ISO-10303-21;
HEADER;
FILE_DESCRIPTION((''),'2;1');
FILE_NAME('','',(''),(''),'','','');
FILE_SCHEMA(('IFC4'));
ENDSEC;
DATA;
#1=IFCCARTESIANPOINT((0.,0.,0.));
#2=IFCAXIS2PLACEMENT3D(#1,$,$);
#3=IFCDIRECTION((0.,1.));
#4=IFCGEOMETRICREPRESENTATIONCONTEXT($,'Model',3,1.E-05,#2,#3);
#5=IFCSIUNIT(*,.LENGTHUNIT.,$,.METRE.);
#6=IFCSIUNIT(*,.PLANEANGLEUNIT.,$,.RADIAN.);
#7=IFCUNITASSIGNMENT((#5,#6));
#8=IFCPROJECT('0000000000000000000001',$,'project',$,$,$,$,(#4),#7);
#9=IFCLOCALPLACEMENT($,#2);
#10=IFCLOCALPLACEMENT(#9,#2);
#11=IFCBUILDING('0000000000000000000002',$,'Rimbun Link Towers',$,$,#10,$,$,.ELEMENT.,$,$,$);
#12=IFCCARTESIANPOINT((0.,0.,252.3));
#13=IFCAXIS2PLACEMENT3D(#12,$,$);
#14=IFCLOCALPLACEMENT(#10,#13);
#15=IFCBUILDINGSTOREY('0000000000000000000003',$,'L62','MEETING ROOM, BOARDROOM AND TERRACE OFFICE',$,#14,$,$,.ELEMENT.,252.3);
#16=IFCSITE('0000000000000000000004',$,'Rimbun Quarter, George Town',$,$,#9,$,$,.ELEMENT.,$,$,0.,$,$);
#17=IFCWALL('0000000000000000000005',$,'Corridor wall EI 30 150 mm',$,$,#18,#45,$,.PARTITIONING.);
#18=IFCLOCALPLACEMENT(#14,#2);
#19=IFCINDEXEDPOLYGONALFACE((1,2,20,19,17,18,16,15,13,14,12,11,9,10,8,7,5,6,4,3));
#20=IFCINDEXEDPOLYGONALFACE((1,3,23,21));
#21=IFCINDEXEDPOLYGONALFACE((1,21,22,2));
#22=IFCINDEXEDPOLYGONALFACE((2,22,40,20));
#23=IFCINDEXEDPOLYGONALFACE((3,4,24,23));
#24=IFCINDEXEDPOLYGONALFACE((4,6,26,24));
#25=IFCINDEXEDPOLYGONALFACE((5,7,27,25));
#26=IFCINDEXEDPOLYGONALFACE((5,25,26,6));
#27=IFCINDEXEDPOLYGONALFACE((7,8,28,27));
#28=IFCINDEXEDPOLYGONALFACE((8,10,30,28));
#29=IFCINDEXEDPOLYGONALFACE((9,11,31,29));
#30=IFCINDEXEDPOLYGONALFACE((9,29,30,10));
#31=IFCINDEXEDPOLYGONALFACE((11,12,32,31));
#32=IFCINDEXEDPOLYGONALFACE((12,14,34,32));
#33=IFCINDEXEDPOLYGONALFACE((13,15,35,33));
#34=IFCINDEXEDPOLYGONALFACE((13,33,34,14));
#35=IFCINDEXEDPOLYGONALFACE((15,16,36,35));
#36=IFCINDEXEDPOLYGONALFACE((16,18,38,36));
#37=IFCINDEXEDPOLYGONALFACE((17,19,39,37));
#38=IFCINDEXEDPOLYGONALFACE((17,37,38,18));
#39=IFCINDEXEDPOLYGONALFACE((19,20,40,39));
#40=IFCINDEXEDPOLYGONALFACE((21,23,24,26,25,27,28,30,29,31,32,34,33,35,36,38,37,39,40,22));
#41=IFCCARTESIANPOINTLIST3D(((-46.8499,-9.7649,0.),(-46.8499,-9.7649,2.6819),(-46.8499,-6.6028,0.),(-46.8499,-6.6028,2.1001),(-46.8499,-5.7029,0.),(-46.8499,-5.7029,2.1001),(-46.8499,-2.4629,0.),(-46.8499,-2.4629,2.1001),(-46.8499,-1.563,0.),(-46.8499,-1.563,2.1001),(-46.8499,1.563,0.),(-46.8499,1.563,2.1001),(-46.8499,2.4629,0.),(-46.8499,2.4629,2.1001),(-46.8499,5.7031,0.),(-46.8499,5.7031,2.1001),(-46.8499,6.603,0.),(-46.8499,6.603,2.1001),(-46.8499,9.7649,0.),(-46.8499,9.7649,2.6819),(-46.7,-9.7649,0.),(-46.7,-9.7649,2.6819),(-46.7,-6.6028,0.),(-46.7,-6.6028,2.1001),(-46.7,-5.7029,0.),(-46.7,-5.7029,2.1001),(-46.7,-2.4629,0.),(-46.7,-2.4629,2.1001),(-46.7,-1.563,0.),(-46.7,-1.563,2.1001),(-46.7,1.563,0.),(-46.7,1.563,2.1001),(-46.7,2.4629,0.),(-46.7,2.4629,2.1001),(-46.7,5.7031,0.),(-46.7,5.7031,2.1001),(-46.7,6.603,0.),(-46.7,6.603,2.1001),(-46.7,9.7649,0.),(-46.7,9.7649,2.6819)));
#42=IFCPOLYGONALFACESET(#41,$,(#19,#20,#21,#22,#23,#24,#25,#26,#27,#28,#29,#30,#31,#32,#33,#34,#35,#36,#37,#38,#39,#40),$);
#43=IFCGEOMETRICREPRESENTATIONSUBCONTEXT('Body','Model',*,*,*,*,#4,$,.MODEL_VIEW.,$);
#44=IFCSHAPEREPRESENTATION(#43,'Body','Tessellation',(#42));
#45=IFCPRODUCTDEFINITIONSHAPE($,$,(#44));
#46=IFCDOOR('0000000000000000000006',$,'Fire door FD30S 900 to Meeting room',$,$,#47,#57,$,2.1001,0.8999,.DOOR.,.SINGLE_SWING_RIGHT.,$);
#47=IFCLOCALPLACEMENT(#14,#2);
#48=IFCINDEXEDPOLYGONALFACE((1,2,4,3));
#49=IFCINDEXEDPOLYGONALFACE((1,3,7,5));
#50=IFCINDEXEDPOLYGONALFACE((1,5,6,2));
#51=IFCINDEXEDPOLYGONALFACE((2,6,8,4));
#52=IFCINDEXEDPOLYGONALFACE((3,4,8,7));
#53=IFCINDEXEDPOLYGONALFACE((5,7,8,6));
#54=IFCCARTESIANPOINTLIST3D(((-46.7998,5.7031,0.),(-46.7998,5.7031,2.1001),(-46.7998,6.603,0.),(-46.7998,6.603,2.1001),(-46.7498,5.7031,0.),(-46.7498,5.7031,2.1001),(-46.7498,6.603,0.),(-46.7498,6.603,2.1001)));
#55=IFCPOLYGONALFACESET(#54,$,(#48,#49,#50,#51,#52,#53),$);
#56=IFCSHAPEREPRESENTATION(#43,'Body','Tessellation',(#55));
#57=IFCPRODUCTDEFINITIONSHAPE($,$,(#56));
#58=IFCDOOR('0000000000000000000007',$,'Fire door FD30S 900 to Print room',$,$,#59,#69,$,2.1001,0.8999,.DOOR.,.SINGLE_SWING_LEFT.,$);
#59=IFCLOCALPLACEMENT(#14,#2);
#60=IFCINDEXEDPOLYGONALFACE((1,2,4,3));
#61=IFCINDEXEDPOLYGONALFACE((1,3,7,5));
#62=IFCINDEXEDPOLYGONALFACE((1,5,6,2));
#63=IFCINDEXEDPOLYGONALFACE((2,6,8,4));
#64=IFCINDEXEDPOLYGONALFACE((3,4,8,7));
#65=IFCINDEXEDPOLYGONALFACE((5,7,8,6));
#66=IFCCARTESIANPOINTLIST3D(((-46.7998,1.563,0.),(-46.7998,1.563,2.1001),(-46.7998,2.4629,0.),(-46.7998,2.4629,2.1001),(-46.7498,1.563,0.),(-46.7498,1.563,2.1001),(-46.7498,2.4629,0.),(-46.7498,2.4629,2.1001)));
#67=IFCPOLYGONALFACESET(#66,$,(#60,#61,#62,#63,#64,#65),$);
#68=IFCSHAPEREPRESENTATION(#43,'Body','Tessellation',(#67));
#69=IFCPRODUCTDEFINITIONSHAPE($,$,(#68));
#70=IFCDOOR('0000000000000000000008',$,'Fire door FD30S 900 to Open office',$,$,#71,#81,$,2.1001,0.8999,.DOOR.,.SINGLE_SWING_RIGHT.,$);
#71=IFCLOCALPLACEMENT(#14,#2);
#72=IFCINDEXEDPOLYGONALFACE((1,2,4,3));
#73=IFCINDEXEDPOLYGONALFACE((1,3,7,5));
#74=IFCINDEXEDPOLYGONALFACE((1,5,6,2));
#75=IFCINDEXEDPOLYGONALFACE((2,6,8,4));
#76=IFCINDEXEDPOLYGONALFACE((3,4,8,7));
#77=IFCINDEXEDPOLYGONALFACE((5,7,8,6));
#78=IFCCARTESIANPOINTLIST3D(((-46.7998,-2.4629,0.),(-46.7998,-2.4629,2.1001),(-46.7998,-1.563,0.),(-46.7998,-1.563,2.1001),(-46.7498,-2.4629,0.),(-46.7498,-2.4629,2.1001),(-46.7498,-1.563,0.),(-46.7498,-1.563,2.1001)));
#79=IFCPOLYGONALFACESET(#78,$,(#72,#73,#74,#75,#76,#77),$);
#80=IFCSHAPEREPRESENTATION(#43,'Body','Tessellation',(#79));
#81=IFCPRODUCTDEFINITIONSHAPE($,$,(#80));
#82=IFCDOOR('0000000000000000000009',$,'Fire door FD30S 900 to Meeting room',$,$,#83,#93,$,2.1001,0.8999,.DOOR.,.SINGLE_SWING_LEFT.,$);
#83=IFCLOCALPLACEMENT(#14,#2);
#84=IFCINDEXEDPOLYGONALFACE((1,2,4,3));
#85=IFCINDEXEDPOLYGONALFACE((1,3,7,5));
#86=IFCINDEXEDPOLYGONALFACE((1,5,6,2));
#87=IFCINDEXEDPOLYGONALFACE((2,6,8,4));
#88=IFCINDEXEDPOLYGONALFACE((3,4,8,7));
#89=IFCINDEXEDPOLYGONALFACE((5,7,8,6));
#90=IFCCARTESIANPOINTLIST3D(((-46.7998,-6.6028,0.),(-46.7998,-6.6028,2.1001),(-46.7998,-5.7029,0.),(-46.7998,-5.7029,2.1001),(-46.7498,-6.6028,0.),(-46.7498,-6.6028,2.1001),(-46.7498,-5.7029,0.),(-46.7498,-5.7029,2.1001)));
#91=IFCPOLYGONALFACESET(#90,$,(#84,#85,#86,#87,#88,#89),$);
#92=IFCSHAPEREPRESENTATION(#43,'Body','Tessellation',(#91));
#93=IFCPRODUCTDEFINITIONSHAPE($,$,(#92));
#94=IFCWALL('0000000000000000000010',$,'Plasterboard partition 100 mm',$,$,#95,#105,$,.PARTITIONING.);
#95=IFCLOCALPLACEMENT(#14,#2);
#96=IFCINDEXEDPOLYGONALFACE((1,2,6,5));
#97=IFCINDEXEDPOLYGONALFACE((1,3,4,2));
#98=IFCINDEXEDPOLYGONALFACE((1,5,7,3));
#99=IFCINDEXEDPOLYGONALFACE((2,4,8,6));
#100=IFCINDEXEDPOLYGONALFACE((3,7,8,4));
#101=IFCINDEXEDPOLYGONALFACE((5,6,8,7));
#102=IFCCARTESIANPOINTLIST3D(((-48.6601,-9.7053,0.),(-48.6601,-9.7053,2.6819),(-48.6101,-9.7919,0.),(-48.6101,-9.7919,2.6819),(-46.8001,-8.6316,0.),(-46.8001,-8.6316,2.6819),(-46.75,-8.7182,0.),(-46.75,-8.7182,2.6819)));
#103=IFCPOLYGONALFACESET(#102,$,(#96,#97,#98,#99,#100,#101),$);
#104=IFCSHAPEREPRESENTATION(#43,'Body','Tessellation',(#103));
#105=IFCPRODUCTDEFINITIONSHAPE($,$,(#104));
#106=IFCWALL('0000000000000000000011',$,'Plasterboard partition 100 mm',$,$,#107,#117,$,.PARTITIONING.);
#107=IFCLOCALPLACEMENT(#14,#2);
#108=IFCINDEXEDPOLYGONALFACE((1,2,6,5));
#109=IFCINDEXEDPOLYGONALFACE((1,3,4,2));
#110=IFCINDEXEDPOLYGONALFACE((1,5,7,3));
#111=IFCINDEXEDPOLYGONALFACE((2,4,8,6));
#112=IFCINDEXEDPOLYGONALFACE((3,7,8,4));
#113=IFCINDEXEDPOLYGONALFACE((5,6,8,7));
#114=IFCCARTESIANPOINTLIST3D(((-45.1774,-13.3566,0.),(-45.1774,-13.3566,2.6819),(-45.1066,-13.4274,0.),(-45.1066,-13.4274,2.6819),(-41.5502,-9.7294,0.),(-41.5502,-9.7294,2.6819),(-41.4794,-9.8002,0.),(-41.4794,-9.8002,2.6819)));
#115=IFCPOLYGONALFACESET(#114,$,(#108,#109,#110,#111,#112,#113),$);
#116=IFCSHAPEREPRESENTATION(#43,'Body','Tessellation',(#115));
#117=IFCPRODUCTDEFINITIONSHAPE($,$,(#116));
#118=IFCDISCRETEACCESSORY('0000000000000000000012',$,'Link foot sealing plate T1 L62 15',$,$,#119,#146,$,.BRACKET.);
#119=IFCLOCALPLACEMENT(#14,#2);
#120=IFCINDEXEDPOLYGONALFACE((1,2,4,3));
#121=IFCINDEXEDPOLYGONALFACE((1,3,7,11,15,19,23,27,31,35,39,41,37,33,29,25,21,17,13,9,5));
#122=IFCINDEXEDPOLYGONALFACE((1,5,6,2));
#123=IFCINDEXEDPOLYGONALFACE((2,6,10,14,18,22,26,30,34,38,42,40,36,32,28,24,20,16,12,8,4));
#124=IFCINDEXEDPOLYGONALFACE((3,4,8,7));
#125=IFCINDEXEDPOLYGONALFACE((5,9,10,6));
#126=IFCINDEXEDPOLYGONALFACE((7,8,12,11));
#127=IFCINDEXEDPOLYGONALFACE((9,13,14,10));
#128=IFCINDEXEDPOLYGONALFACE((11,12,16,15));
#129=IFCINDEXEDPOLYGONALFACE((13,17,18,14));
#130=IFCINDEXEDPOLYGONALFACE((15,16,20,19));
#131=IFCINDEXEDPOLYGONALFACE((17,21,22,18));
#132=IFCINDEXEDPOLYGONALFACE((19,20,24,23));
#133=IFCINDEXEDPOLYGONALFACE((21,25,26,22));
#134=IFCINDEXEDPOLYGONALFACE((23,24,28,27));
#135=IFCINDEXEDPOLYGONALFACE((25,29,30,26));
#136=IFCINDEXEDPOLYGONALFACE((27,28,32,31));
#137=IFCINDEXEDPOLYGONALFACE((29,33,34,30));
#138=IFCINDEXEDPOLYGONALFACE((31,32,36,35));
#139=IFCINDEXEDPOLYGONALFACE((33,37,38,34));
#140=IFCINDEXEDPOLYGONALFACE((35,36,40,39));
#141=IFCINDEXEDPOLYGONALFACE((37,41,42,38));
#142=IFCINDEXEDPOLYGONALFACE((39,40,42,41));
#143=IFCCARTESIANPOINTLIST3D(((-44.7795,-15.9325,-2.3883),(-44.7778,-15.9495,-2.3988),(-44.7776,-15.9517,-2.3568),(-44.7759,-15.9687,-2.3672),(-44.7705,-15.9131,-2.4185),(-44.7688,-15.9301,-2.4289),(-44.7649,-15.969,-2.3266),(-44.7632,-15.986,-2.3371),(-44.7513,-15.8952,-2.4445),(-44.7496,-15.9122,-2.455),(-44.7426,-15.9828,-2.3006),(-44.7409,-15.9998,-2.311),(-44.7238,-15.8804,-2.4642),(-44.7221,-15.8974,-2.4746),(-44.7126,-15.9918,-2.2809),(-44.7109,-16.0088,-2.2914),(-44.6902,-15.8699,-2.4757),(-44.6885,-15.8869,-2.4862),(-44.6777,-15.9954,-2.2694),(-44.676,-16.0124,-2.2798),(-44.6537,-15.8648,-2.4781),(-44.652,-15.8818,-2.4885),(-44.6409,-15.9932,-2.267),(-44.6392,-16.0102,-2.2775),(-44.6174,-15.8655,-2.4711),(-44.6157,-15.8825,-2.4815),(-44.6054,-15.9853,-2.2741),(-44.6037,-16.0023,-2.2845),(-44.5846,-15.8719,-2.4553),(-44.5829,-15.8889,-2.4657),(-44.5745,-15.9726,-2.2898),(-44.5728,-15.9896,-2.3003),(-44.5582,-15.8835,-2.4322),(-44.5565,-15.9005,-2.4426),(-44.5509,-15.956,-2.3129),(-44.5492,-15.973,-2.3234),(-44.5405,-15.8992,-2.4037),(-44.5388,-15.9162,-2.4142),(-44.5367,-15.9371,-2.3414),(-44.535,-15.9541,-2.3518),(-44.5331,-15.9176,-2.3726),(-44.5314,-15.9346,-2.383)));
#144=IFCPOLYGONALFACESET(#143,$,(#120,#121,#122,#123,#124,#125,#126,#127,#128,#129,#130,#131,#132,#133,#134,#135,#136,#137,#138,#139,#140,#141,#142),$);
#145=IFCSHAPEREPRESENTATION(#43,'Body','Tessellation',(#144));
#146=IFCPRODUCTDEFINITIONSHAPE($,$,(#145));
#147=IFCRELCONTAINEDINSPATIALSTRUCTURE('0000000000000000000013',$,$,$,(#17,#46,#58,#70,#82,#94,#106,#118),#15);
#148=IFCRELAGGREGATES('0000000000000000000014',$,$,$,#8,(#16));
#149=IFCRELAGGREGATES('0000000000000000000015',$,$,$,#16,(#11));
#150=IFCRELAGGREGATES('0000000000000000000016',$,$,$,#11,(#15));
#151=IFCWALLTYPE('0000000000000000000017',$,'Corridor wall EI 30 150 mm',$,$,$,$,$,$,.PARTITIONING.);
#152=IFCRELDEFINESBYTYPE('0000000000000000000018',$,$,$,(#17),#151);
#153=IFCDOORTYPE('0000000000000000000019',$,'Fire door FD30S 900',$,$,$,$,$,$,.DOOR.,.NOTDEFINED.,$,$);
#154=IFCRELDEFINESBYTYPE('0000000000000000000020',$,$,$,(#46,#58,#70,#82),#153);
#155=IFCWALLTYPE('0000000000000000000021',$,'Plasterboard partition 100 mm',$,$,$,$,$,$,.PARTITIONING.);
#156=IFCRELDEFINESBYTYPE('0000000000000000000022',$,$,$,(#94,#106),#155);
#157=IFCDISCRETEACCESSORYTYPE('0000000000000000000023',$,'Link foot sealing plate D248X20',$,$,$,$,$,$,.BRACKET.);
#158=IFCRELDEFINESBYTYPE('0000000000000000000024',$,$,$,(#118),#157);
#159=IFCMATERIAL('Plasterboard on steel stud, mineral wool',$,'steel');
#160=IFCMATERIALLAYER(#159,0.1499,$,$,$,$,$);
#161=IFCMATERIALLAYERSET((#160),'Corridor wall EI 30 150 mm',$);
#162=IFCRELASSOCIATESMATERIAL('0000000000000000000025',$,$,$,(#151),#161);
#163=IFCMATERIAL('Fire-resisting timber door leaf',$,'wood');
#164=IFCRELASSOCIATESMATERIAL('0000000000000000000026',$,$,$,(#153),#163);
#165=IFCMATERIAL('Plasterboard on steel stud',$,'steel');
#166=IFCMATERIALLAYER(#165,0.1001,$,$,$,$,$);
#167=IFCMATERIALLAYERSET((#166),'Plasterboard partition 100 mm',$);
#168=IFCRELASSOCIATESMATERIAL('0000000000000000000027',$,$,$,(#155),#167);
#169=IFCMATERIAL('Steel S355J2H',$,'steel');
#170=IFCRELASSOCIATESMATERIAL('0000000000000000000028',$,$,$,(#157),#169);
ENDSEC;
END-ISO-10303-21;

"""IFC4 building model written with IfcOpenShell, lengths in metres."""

from ifc_helpers import new_model, si_unit, direction, frame, frame_2d, origin, origin_2d, place, context, subcontext, project, spatial, rectangle, circle, extrude, material, layer, layer_set, material_profile, profile_set, type_object, element, fill, save


model = new_model("IFC4")

# Units and contexts
model_context = context("Model", 3, precision=1e-05, world=origin(), true_north=direction((0.0, 1.0)))
body_context = subcontext(model_context, "Body", "Model", "MODEL_VIEW")
ifc_project = project(units=[si_unit("LENGTHUNIT", "METRE"), si_unit("PLANEANGLEUNIT", "RADIAN")], contexts=[model_context])

# Site, building, storey
site_placement = place(None, origin())
site = spatial("IfcSite", under=ifc_project, at=site_placement, Name="Rimbun Quarter, George Town", CompositionType="ELEMENT", RefElevation=0.0)
building_placement = place(site_placement, origin())
building = spatial("IfcBuilding", under=site, at=building_placement, Name="Rimbun Link Towers", CompositionType="ELEMENT")
storey_placement = place(building_placement, frame((0.0, 0.0, 252.3)))
storey = spatial("IfcBuildingStorey", under=building, at=storey_placement, Name="L62", Description="MEETING ROOM, BOARDROOM AND TERRACE OFFICE", CompositionType="ELEMENT", Elevation=252.3)

# Wall, openings, doors
ifc_material_1 = material(Name="Plasterboard on steel stud, mineral wool", Category="steel")
ifc_layer_1 = layer(ifc_material_1, 0.1499)
ifc_layer_set_1 = layer_set([ifc_layer_1], Name="Corridor wall EI 30 150 mm")
wall_type_1 = type_object("IfcWallType", Name="Corridor wall EI 30 150 mm", PredefinedType="PARTITIONING", material=ifc_layer_set_1)
wall_1_placement = place(storey_placement, frame((-46.7749, -9.7649, 0.0), z_axis=(0.0, 0.0, 1.0), x_axis=(0.0, 1.0, 0.0)))
wall_1 = element("IfcWall", 1, at=wall_1_placement, inside=storey, type_object=wall_type_1, Name="Corridor wall EI 30 150 mm", PredefinedType="PARTITIONING", context=body_context, shape_type="SweptSolid", body=[
    extrude(rectangle(XDim=19.5298, YDim=0.1499, at=frame_2d((9.7649, 0.0))), origin(), (0.0, 0.0, 1.0), 2.6819),
])
opening_1_placement = place(wall_1_placement, frame((15.468, 0.0, 0.0)))
opening_1 = element("IfcOpeningElement", 2, at=opening_1_placement, cuts=wall_1, PredefinedType="OPENING", context=body_context, shape_type="SweptSolid", body=[
    extrude(rectangle(XDim=0.8999, YDim=2.1001, at=frame_2d((0.45, 1.05))), frame((0.0, 0.085, 0.0), z_axis=(0.0, -1.0, 0.0), x_axis=(1.0, 0.0, 0.0)), (0.0, 0.0, 1.0), 0.1699),
])
opening_2_placement = place(wall_1_placement, frame((11.3279, 0.0, 0.0)))
opening_2 = element("IfcOpeningElement", 3, at=opening_2_placement, cuts=wall_1, PredefinedType="OPENING", context=body_context, shape_type="SweptSolid", body=[
    extrude(rectangle(XDim=0.8999, YDim=2.1001, at=frame_2d((0.45, 1.05))), frame((0.0, 0.085, 0.0), z_axis=(0.0, -1.0, 0.0), x_axis=(1.0, 0.0, 0.0)), (0.0, 0.0, 1.0), 0.1699),
])
opening_3_placement = place(wall_1_placement, frame((7.302, 0.0, 0.0)))
opening_3 = element("IfcOpeningElement", 4, at=opening_3_placement, cuts=wall_1, PredefinedType="OPENING", context=body_context, shape_type="SweptSolid", body=[
    extrude(rectangle(XDim=0.8999, YDim=2.1001, at=frame_2d((0.45, 1.05))), frame((0.0, 0.085, 0.0), z_axis=(0.0, -1.0, 0.0), x_axis=(1.0, 0.0, 0.0)), (0.0, 0.0, 1.0), 0.1699),
])
opening_4_placement = place(wall_1_placement, frame((3.1621, 0.0, 0.0)))
opening_4 = element("IfcOpeningElement", 5, at=opening_4_placement, cuts=wall_1, PredefinedType="OPENING", context=body_context, shape_type="SweptSolid", body=[
    extrude(rectangle(XDim=0.8999, YDim=2.1001, at=frame_2d((0.45, 1.05))), frame((0.0, 0.085, 0.0), z_axis=(0.0, -1.0, 0.0), x_axis=(1.0, 0.0, 0.0)), (0.0, 0.0, 1.0), 0.1699),
])
ifc_material_2 = material(Name="Fire-resisting timber door leaf", Category="wood")
door_type_1 = type_object("IfcDoorType", Name="Fire door FD30S 900", OperationType="NOTDEFINED", PredefinedType="DOOR", material=ifc_material_2)
door_1_placement = place(opening_1_placement, origin())
door_1 = element("IfcDoor", 6, at=door_1_placement, inside=storey, type_object=door_type_1, Name="Fire door FD30S 900 to Meeting room", OperationType="SINGLE_SWING_RIGHT", OverallHeight=2.1001, OverallWidth=0.8999, PredefinedType="DOOR", context=body_context, shape_type="SweptSolid", body=[
    extrude(rectangle(XDim=0.8999, YDim=2.1001, at=frame_2d((0.45, 1.05))), frame((0.0, 0.0249, 0.0), z_axis=(0.0, -1.0, 0.0), x_axis=(1.0, 0.0, 0.0)), (0.0, 0.0, 1.0), 0.05),
])
fill(opening_1, door_1)
door_2_placement = place(opening_2_placement, origin())
door_2 = element("IfcDoor", 7, at=door_2_placement, inside=storey, type_object=door_type_1, Name="Fire door FD30S 900 to Print room", OperationType="SINGLE_SWING_LEFT", OverallHeight=2.1001, OverallWidth=0.8999, PredefinedType="DOOR", context=body_context, shape_type="SweptSolid", body=[
    extrude(rectangle(XDim=0.8999, YDim=2.1001, at=frame_2d((0.45, 1.05))), frame((0.0, 0.0249, 0.0), z_axis=(0.0, -1.0, 0.0), x_axis=(1.0, 0.0, 0.0)), (0.0, 0.0, 1.0), 0.05),
])
fill(opening_2, door_2)
door_3_placement = place(opening_3_placement, origin())
door_3 = element("IfcDoor", 8, at=door_3_placement, inside=storey, type_object=door_type_1, Name="Fire door FD30S 900 to Open office", OperationType="SINGLE_SWING_RIGHT", OverallHeight=2.1001, OverallWidth=0.8999, PredefinedType="DOOR", context=body_context, shape_type="SweptSolid", body=[
    extrude(rectangle(XDim=0.8999, YDim=2.1001, at=frame_2d((0.45, 1.05))), frame((0.0, 0.0249, 0.0), z_axis=(0.0, -1.0, 0.0), x_axis=(1.0, 0.0, 0.0)), (0.0, 0.0, 1.0), 0.05),
])
fill(opening_3, door_3)
door_4_placement = place(opening_4_placement, origin())
door_4 = element("IfcDoor", 9, at=door_4_placement, inside=storey, type_object=door_type_1, Name="Fire door FD30S 900 to Meeting room", OperationType="SINGLE_SWING_LEFT", OverallHeight=2.1001, OverallWidth=0.8999, PredefinedType="DOOR", context=body_context, shape_type="SweptSolid", body=[
    extrude(rectangle(XDim=0.8999, YDim=2.1001, at=frame_2d((0.45, 1.05))), frame((0.0, 0.0249, 0.0), z_axis=(0.0, -1.0, 0.0), x_axis=(1.0, 0.0, 0.0)), (0.0, 0.0, 1.0), 0.05),
])
fill(opening_4, door_4)

# Walls
ifc_material_3 = material(Name="Plasterboard on steel stud", Category="steel")
ifc_layer_2 = layer(ifc_material_3, 0.1001)
ifc_layer_set_2 = layer_set([ifc_layer_2], Name="Plasterboard partition 100 mm")
wall_type_2 = type_object("IfcWallType", Name="Plasterboard partition 100 mm", PredefinedType="PARTITIONING", material=ifc_layer_set_2)
wall_2_placement = place(storey_placement, frame((-48.635, -9.7485, 0.0), z_axis=(0.0, 0.0, 1.0), x_axis=(0.866066, 0.499929, 0.0)))
element("IfcWall", 10, at=wall_2_placement, inside=storey, type_object=wall_type_2, Name="Plasterboard partition 100 mm", PredefinedType="PARTITIONING", context=body_context, shape_type="SweptSolid", body=[
    extrude(rectangle(XDim=2.1477, YDim=0.1001, at=frame_2d((1.0737, 0.0))), origin(), (0.0, 0.0, 1.0), 2.6819),
])
wall_3_placement = place(storey_placement, frame((-45.1421, -13.3921, 0.0), z_axis=(0.0, 0.0, 1.0), x_axis=(0.707107, 0.707107, 0.0)))
element("IfcWall", 11, at=wall_3_placement, inside=storey, type_object=wall_type_2, Name="Plasterboard partition 100 mm", PredefinedType="PARTITIONING", context=body_context, shape_type="SweptSolid", body=[
    extrude(rectangle(XDim=5.1296, YDim=0.1001, at=frame_2d((2.5649, 0.0))), origin(), (0.0, 0.0, 1.0), 2.6819),
])

# Discrete accessory
ifc_material_4 = material(Name="Steel S355J2H", Category="steel")
ifc_material_profile_1 = material_profile(ifc_material_4, circle(Radius=0.124, at=origin_2d()), Name="PL D248")
ifc_profile_set_1 = profile_set([ifc_material_profile_1], Name="Steel S355J2H")
discrete_accessory_type = type_object("IfcDiscreteAccessoryType", Name="Link foot sealing plate D248X20", PredefinedType="BRACKET", material=ifc_profile_set_1)
discrete_accessory_placement = place(storey_placement, frame((-44.6565, -15.9299, -2.3726), z_axis=(0.0849, -0.849, -0.521528), x_axis=(0.995037, 0.099504, 0.0)))
element("IfcDiscreteAccessory", 12, at=discrete_accessory_placement, inside=storey, type_object=discrete_accessory_type, Name="Link foot sealing plate T1 L62 15", PredefinedType="BRACKET", context=body_context, shape_type="SweptSolid", body=[
    extrude(circle(Radius=0.124, at=origin_2d()), origin(), (0.0, 0.0, 1.0), 0.02),
])

save(model, "model.ifc")
